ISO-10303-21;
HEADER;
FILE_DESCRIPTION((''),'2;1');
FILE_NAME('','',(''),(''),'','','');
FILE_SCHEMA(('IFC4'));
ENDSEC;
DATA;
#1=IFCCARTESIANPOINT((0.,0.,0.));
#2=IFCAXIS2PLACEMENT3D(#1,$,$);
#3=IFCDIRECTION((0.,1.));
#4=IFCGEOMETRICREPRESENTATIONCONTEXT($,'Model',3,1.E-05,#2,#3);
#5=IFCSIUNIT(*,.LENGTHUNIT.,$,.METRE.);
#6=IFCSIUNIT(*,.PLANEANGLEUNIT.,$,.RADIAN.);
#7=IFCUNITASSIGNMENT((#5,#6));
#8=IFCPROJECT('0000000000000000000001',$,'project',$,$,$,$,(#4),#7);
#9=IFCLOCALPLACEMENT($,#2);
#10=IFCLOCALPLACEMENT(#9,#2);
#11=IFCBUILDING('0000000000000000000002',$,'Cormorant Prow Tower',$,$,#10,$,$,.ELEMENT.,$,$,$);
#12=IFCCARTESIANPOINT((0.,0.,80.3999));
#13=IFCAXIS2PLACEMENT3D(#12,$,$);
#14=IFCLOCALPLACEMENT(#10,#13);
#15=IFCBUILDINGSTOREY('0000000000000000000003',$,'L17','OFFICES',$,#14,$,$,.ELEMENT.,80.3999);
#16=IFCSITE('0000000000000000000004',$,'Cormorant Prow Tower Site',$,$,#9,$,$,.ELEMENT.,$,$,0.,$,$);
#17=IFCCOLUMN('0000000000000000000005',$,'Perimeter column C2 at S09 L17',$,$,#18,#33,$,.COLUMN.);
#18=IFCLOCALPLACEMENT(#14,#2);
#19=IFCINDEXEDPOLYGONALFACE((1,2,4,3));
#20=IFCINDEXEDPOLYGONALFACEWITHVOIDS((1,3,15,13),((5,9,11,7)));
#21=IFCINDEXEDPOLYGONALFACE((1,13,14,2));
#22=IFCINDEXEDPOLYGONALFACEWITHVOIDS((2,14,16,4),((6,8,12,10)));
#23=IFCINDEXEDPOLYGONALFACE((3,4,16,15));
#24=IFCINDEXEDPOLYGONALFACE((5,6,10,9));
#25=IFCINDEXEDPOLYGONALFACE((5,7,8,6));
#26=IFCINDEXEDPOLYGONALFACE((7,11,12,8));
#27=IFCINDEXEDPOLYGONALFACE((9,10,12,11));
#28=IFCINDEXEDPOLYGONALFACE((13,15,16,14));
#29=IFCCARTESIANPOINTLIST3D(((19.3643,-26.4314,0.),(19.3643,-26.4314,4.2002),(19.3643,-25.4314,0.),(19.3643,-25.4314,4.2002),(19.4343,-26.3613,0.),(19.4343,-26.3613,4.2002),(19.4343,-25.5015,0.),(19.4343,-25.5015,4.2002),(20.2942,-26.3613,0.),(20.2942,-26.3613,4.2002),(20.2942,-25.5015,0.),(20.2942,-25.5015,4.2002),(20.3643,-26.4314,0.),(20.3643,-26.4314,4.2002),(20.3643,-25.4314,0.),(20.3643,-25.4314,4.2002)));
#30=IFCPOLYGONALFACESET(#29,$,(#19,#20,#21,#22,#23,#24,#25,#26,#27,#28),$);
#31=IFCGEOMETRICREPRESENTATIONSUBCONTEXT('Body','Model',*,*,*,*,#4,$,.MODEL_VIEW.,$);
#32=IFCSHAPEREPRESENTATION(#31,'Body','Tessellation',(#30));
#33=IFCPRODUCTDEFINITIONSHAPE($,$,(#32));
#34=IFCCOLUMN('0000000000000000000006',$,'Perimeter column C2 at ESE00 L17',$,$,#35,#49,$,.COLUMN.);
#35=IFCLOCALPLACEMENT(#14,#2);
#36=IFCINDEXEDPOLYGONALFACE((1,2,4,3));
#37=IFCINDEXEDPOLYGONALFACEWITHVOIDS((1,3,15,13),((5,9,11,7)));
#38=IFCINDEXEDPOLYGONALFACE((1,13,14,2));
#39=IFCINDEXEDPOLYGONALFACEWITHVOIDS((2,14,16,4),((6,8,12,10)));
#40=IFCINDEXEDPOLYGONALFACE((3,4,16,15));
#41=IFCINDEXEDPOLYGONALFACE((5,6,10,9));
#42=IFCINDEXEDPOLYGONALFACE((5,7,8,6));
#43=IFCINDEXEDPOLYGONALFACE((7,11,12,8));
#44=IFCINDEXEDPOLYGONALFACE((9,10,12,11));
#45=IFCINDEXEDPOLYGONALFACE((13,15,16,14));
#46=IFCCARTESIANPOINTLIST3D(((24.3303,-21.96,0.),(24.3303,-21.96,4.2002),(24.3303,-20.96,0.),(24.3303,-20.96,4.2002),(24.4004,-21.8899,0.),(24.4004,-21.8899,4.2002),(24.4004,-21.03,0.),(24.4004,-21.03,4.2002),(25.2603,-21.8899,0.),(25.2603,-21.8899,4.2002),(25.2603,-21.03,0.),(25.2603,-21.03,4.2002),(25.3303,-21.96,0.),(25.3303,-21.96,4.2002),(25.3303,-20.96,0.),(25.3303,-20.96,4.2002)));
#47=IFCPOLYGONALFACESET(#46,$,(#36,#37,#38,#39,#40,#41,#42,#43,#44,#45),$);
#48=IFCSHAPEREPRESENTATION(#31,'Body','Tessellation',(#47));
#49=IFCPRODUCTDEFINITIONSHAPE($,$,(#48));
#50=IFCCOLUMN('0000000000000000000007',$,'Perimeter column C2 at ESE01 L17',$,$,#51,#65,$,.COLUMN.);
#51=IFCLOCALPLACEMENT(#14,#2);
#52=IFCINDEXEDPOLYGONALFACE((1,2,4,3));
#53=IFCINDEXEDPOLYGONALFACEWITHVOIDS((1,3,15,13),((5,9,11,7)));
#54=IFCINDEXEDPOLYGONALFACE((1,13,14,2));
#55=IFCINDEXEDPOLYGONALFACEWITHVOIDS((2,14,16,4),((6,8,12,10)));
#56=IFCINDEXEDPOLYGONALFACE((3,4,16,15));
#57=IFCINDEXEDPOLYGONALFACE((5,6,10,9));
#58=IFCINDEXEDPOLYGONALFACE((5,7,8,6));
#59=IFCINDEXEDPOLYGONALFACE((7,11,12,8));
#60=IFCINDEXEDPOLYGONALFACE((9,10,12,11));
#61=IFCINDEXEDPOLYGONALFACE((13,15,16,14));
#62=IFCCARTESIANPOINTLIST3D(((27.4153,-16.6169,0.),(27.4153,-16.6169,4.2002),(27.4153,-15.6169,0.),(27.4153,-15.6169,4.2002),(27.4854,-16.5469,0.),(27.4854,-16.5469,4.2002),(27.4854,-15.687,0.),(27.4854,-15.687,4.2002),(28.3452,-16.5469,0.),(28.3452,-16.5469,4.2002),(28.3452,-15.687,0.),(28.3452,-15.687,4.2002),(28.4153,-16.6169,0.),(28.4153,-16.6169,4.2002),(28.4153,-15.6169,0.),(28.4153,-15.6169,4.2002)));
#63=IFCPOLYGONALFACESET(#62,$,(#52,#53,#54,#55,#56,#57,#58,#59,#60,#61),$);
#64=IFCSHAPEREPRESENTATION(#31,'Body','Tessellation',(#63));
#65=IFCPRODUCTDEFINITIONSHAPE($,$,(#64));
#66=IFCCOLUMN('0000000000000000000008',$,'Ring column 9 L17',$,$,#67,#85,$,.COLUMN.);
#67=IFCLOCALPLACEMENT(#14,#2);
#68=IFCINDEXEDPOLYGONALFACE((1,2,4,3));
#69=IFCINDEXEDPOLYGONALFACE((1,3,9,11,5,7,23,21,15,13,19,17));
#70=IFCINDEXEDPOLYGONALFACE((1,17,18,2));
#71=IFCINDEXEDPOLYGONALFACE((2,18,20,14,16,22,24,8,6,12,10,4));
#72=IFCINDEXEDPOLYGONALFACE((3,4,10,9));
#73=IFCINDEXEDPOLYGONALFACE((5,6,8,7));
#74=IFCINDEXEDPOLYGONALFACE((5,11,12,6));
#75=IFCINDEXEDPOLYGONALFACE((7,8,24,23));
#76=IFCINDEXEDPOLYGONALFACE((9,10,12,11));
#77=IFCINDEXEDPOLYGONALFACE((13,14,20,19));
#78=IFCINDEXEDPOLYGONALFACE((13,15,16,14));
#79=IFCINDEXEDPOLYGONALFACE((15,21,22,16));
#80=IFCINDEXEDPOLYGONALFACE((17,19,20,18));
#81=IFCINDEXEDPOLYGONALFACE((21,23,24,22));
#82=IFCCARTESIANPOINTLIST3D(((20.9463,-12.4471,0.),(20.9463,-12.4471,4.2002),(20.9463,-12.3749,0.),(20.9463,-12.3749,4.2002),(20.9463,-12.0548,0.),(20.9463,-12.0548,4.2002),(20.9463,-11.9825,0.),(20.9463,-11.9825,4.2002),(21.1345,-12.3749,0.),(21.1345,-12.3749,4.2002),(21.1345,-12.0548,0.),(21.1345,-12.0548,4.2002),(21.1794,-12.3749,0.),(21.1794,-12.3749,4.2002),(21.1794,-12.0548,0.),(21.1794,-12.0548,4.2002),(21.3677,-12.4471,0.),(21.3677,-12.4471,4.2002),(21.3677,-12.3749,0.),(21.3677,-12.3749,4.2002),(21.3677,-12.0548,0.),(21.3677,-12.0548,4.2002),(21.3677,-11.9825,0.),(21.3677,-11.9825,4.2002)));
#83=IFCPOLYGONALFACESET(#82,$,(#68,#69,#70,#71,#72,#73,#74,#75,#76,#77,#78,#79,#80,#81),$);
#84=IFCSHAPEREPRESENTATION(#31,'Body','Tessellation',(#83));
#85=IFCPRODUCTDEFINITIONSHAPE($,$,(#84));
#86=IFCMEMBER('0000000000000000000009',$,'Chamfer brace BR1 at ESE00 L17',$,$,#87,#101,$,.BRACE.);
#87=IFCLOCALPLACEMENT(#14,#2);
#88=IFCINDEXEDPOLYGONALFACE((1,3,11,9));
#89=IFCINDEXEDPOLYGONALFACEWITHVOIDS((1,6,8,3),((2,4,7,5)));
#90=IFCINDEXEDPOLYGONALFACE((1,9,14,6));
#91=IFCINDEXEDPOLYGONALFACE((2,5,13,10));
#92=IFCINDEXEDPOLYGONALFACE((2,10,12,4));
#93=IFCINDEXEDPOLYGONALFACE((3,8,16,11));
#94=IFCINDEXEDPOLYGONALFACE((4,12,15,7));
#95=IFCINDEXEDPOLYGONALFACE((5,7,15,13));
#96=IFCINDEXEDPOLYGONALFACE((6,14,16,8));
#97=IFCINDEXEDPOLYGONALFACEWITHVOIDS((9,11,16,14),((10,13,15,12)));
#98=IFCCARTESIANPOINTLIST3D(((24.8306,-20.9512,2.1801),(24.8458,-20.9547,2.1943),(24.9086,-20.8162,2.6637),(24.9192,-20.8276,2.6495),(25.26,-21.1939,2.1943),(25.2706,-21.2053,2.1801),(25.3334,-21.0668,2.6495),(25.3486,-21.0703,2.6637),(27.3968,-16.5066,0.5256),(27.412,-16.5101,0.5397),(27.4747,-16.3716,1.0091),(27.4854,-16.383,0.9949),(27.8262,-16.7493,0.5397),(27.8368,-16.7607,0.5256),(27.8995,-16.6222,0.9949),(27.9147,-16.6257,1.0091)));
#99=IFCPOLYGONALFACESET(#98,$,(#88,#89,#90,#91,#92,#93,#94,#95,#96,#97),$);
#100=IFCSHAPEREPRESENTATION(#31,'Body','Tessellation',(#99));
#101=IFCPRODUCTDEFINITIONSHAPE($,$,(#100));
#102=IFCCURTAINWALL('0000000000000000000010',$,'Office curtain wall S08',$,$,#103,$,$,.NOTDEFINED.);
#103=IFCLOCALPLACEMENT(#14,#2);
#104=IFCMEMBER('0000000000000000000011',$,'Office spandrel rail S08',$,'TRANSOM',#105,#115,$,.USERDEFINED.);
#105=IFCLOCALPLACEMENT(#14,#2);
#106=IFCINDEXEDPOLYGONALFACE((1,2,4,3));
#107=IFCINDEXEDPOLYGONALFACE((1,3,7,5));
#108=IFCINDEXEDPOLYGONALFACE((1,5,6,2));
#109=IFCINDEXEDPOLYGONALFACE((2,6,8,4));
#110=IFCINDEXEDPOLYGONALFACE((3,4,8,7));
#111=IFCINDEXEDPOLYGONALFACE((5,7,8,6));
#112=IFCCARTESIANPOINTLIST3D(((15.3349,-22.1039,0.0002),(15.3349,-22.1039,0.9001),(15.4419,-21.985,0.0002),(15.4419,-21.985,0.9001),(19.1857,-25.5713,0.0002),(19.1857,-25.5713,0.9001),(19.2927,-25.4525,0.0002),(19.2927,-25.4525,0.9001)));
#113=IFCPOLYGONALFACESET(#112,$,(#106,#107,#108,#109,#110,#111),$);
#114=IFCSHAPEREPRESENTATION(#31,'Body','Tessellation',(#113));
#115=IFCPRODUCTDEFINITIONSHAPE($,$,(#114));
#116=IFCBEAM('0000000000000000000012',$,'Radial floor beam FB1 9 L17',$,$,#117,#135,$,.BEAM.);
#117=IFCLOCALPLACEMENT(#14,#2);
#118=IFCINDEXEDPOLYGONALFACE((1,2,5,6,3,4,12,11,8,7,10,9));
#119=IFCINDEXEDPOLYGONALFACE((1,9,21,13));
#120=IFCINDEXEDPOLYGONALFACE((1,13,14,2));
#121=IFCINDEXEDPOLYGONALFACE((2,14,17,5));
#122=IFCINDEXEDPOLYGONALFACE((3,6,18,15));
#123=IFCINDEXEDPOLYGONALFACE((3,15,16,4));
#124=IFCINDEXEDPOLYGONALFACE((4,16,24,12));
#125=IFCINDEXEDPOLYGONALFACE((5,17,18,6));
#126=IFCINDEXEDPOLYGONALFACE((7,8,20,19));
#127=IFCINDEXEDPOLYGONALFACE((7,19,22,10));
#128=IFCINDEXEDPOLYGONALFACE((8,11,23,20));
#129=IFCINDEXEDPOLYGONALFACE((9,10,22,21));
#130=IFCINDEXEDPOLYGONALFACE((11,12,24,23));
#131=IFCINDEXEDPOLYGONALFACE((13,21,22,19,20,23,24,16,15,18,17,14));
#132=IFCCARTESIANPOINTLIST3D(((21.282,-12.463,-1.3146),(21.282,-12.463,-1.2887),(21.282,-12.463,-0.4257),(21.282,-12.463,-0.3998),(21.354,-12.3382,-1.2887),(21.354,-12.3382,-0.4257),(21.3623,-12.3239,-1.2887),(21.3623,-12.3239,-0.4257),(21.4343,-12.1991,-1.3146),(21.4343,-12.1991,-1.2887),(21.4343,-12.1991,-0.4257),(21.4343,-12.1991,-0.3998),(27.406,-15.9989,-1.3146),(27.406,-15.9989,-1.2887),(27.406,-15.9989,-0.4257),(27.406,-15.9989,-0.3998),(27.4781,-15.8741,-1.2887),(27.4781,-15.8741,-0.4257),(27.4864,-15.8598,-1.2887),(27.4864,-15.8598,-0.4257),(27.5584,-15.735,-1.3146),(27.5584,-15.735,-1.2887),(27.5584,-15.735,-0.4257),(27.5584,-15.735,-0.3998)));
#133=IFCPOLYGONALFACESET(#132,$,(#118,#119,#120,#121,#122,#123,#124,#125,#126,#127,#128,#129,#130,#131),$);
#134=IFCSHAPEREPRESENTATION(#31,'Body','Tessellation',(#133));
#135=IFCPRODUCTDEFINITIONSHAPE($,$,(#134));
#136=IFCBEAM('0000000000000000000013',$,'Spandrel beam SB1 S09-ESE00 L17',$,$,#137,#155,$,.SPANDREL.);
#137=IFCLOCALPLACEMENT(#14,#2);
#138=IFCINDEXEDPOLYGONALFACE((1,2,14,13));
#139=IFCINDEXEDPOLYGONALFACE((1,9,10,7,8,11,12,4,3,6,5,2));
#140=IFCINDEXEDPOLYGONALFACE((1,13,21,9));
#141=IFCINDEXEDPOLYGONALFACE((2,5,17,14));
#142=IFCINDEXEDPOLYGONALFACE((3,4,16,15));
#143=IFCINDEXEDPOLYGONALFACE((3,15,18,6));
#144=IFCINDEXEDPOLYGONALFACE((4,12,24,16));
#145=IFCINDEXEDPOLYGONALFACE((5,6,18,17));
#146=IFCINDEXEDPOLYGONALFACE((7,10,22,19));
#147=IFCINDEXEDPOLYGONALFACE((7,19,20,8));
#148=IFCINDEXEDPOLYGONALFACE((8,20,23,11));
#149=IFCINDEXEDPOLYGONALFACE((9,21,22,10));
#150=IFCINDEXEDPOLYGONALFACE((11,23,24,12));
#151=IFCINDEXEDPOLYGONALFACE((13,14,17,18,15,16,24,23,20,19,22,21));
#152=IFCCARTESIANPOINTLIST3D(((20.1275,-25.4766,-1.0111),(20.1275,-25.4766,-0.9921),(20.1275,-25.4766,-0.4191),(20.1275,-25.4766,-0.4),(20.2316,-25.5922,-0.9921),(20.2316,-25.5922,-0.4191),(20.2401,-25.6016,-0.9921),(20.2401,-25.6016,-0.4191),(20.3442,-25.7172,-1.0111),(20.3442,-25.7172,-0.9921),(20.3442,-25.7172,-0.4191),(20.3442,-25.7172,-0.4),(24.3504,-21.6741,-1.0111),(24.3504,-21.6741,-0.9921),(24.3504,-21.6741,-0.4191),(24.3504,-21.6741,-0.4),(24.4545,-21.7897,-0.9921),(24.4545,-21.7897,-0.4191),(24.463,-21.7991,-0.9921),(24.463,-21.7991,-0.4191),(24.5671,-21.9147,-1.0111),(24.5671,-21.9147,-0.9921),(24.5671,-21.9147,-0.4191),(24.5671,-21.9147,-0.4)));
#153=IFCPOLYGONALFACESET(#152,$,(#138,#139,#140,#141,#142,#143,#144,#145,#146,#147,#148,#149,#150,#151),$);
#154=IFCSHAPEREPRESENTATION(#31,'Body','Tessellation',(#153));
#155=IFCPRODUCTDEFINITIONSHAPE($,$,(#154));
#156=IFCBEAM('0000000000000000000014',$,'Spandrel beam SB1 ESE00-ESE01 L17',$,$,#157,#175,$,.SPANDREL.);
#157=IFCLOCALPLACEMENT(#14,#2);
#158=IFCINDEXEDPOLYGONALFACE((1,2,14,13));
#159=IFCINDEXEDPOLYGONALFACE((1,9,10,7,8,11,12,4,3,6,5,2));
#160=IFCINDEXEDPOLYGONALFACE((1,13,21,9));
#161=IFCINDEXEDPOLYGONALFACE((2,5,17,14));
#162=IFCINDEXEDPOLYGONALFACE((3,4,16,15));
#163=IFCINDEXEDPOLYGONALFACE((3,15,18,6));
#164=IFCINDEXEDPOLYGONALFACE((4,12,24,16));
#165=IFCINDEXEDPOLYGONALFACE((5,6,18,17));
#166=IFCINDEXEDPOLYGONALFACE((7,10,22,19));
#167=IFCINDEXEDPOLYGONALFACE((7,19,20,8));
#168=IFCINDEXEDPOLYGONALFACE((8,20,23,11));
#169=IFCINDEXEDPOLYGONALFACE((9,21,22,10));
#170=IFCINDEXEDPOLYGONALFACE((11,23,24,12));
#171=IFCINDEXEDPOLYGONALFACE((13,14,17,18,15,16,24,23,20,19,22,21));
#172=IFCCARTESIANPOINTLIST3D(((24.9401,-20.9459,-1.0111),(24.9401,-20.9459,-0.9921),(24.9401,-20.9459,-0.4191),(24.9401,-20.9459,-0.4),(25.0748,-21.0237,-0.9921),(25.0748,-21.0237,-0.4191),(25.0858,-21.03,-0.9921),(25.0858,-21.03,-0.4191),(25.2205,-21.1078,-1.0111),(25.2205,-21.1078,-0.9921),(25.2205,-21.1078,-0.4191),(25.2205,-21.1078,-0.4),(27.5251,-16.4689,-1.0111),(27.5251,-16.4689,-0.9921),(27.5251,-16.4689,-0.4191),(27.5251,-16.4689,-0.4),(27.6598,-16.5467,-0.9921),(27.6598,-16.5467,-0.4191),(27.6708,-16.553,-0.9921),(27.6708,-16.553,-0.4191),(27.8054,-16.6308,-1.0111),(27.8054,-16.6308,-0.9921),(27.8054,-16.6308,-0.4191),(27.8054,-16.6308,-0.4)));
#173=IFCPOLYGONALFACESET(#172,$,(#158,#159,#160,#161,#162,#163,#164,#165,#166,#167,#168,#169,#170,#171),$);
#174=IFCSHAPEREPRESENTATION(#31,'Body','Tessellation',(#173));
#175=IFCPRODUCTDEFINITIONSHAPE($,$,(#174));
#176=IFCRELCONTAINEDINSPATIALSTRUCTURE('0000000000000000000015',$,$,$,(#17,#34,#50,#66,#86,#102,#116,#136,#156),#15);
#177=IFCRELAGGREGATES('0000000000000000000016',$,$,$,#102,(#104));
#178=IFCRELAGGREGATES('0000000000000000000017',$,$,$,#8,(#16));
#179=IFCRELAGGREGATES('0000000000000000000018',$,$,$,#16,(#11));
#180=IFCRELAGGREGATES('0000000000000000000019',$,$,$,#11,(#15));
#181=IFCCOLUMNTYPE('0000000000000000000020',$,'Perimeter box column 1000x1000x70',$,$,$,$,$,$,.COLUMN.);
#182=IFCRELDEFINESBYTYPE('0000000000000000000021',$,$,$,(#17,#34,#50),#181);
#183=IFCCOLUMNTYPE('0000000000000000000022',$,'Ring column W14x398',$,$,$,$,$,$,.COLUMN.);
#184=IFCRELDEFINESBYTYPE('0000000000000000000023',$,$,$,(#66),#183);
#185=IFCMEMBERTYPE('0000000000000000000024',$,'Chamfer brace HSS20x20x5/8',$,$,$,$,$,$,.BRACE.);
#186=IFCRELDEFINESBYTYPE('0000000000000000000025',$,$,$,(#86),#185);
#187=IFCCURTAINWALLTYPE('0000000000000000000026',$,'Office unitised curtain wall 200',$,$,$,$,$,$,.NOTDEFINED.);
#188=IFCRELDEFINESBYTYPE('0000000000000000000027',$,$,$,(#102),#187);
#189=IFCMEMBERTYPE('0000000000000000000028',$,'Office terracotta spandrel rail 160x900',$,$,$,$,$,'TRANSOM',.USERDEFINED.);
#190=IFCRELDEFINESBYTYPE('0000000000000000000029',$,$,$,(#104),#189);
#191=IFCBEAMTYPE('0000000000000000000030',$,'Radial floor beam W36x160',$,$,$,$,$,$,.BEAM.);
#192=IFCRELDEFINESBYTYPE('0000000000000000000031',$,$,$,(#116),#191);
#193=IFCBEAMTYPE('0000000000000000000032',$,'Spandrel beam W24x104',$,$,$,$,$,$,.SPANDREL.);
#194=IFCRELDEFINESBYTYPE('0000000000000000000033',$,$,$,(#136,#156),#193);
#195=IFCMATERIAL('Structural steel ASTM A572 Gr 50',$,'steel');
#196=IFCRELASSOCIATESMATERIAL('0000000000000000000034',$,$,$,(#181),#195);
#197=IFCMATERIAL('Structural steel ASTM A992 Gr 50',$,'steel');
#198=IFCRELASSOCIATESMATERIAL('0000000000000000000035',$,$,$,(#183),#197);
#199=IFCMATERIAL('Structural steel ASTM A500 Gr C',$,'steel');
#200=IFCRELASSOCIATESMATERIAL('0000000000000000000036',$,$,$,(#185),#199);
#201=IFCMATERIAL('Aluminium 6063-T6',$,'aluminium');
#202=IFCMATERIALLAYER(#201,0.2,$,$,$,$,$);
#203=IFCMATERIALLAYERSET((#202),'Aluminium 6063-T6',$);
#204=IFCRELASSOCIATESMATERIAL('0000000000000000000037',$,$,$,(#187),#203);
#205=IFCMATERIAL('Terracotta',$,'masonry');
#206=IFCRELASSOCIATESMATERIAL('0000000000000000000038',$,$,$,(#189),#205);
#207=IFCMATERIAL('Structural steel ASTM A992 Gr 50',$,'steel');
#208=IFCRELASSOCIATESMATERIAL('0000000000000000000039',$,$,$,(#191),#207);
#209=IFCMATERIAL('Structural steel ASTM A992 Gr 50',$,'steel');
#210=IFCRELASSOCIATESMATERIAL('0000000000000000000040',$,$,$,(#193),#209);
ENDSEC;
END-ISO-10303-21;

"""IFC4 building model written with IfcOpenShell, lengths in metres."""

from ifc_helpers import new_model, si_unit, direction, frame, origin, origin_2d, place, context, subcontext, project, spatial, rectangle, hollow_rectangle, i_section, extrude, material, layer, layer_set, material_profile, profile_set, type_object, element, aggregate, save


model = new_model("IFC4")

# Units and contexts
model_context = context("Model", 3, precision=1e-05, world=origin(), true_north=direction((0.0, 1.0)))
body_context = subcontext(model_context, "Body", "Model", "MODEL_VIEW")
ifc_project = project(units=[si_unit("LENGTHUNIT", "METRE"), si_unit("PLANEANGLEUNIT", "RADIAN")], contexts=[model_context])

# Site, building, storey
site_placement = place(None, origin())
site = spatial("IfcSite", under=ifc_project, at=site_placement, Name="Cormorant Prow Tower Site", CompositionType="ELEMENT", RefElevation=0.0)
building_placement = place(site_placement, origin())
building = spatial("IfcBuilding", under=site, at=building_placement, Name="Cormorant Prow Tower", CompositionType="ELEMENT")
storey_placement = place(building_placement, frame((0.0, 0.0, 80.3999)))
storey = spatial("IfcBuildingStorey", under=building, at=storey_placement, Name="L17", Description="OFFICES", CompositionType="ELEMENT", Elevation=80.3999)

# Columns
ifc_material_1 = material(Name="Structural steel ASTM A572 Gr 50", Category="steel")
ifc_material_profile_1 = material_profile(ifc_material_1, hollow_rectangle(XDim=1.0, YDim=1.0, WallThickness=0.0701, at=origin_2d()), Name="Box 1000x1000x70")
ifc_profile_set_1 = profile_set([ifc_material_profile_1], Name="Structural steel ASTM A572 Gr 50")
column_type_1 = type_object("IfcColumnType", Name="Perimeter box column 1000x1000x70", PredefinedType="COLUMN", material=ifc_profile_set_1)
for number, where, z_axis, x_axis, name in (
    (1, (19.8643, -25.9314, 0.0), (0.0, 0.0, 1.0), (1.0, 0.0, 0.0), "Perimeter column C2 at S09 L17"),
    (2, (24.8303, -21.46, 0.0), (0.0, 0.0, 1.0), (1.0, 0.0, 0.0), "Perimeter column C2 at ESE00 L17"),
    (3, (27.9153, -16.1169, 0.0), (0.0, 0.0, 1.0), (1.0, 0.0, 0.0), "Perimeter column C2 at ESE01 L17"),
):
    element("IfcColumn", number, at=place(storey_placement, frame(where, z_axis=z_axis, x_axis=x_axis)), inside=storey, type_object=column_type_1, Name=name, PredefinedType="COLUMN", context=body_context, shape_type="SweptSolid", body=[
        extrude(hollow_rectangle(XDim=1.0, YDim=1.0, WallThickness=0.0701, at=origin_2d()), origin(), (0.0, 0.0, 1.0), 4.2002),
    ])
ifc_material_2 = material(Name="Structural steel ASTM A992 Gr 50", Category="steel")
ifc_material_profile_2 = material_profile(ifc_material_2, i_section(OverallWidth=0.4214, OverallDepth=0.4646, WebThickness=0.0449, FlangeThickness=0.0723, at=origin_2d()), Name="W14x398")
ifc_profile_set_2 = profile_set([ifc_material_profile_2], Name="Structural steel ASTM A992 Gr 50")
column_type_2 = type_object("IfcColumnType", Name="Ring column W14x398", PredefinedType="COLUMN", material=ifc_profile_set_2)
column_placement = place(storey_placement, frame((21.157, -12.2148, 0.0), z_axis=(0.0, 0.0, 1.0), x_axis=(1.0, 0.0, 0.0)))
element("IfcColumn", 4, at=column_placement, inside=storey, type_object=column_type_2, Name="Ring column 9 L17", PredefinedType="COLUMN", context=body_context, shape_type="SweptSolid", body=[
    extrude(i_section(OverallWidth=0.4214, OverallDepth=0.4646, WebThickness=0.0449, FlangeThickness=0.0723, at=origin_2d()), origin(), (0.0, 0.0, 1.0), 4.2002),
])

# Member
ifc_material_3 = material(Name="Structural steel ASTM A500 Gr C", Category="steel")
ifc_material_profile_3 = material_profile(ifc_material_3, hollow_rectangle(XDim=0.5081, YDim=0.5081, WallThickness=0.0149, at=origin_2d()), Name="HSS20x20x5/8")
ifc_profile_set_3 = profile_set([ifc_material_profile_3], Name="Structural steel ASTM A500 Gr C")
member_type_1 = type_object("IfcMemberType", Name="Chamfer brace HSS20x20x5/8", PredefinedType="BRACE", material=ifc_profile_set_3)
member_1_placement = place(storey_placement, frame((27.6558, -16.5662, 0.7673), z_axis=(-0.475893, -0.824244, 0.306834), x_axis=(0.866018, -0.500012, 0.0)))
element("IfcMember", 5, at=member_1_placement, inside=storey, type_object=member_type_1, Name="Chamfer brace BR1 at ESE00 L17", PredefinedType="BRACE", context=body_context, shape_type="SweptSolid", body=[
    extrude(hollow_rectangle(XDim=0.5081, YDim=0.5081, WallThickness=0.0149, at=origin_2d()), origin(), (0.0, 0.0, 1.0), 5.3923),
])

# Curtain wall, member
ifc_material_4 = material(Name="Aluminium 6063-T6", Category="aluminium")
ifc_layer_1 = layer(ifc_material_4, 0.2)
ifc_layer_set_1 = layer_set([ifc_layer_1], Name="Aluminium 6063-T6")
curtain_wall_type = type_object("IfcCurtainWallType", Name="Office unitised curtain wall 200", PredefinedType="NOTDEFINED", material=ifc_layer_set_1)
curtain_wall_placement = place(storey_placement, origin())
curtain_wall = element("IfcCurtainWall", 6, at=curtain_wall_placement, inside=storey, type_object=curtain_wall_type, Name="Office curtain wall S08", PredefinedType="NOTDEFINED")
ifc_material_5 = material(Name="Terracotta", Category="masonry")
ifc_material_profile_4 = material_profile(ifc_material_5, rectangle(XDim=0.1599, YDim=0.8999, at=origin_2d()), Name="Office terracotta spandrel rail 160x900")
ifc_profile_set_4 = profile_set([ifc_material_profile_4], Name="Terracotta")
member_type_2 = type_object("IfcMemberType", Name="Office terracotta spandrel rail 160x900", ElementType="TRANSOM", PredefinedType="USERDEFINED", material=ifc_profile_set_4)
member_2_placement = place(storey_placement, frame((15.3884, -22.0444, 0.4502), z_axis=(0.743123, -0.669155, 0.0), x_axis=(0.669155, 0.743123, 0.0)))
member_2 = element("IfcMember", 7, at=member_2_placement, type_object=member_type_2, Name="Office spandrel rail S08", ObjectType="TRANSOM", PredefinedType="USERDEFINED", context=body_context, shape_type="SweptSolid", body=[
    extrude(rectangle(XDim=0.1599, YDim=0.8999, at=origin_2d()), origin(), (0.0, 0.0, 1.0), 5.1819),
])

# Beams
ifc_material_6 = material(Name="Structural steel ASTM A992 Gr 50", Category="steel")
ifc_material_profile_5 = material_profile(ifc_material_6, i_section(OverallWidth=0.3047, OverallDepth=0.9148, WebThickness=0.0166, FlangeThickness=0.0259, at=origin_2d()), Name="W36x160")
ifc_profile_set_5 = profile_set([ifc_material_profile_5], Name="Structural steel ASTM A992 Gr 50")
beam_type_1 = type_object("IfcBeamType", Name="Radial floor beam W36x160", PredefinedType="BEAM", material=ifc_profile_set_5)
beam_1_placement = place(storey_placement, frame((21.3582, -12.3311, -0.8572), z_axis=(0.866014, -0.500019, 0.0), x_axis=(0.500019, 0.866014, 0.0)))
element("IfcBeam", 8, at=beam_1_placement, inside=storey, type_object=beam_type_1, Name="Radial floor beam FB1 9 L17", PredefinedType="BEAM", context=body_context, shape_type="SweptSolid", body=[
    extrude(i_section(OverallWidth=0.3047, OverallDepth=0.9148, WebThickness=0.0166, FlangeThickness=0.0259, at=origin_2d()), origin(), (0.0, 0.0, 1.0), 7.0715),
])
ifc_material_7 = material(Name="Structural steel ASTM A992 Gr 50", Category="steel")
ifc_material_profile_6 = material_profile(ifc_material_7, i_section(OverallWidth=0.3237, OverallDepth=0.6111, WebThickness=0.0127, FlangeThickness=0.019, at=origin_2d()), Name="W24x104")
ifc_profile_set_6 = profile_set([ifc_material_profile_6], Name="Structural steel ASTM A992 Gr 50")
beam_type_2 = type_object("IfcBeamType", Name="Spandrel beam W24x104", PredefinedType="SPANDREL", material=ifc_profile_set_6)
beam_2_placement = place(storey_placement, frame((20.2358, -25.5969, -0.7056), z_axis=(0.74313, 0.669147, 0.0), x_axis=(-0.669147, 0.74313, 0.0)))
element("IfcBeam", 9, at=beam_2_placement, inside=storey, type_object=beam_type_2, Name="Spandrel beam SB1 S09-ESE00 L17", PredefinedType="SPANDREL", context=body_context, shape_type="SweptSolid", body=[
    extrude(i_section(OverallWidth=0.3237, OverallDepth=0.6111, WebThickness=0.0127, FlangeThickness=0.019, at=origin_2d()), origin(), (0.0, 0.0, 1.0), 5.6826),
])
for number, where, z_axis, x_axis, name in (
    (10, (25.0803, -21.0269, -0.7056), (0.50002, 0.866014, 0.0), (-0.866014, 0.50002, 0.0), "Spandrel beam SB1 ESE00-ESE01 L17"),
):
    element("IfcBeam", number, at=place(storey_placement, frame(where, z_axis=z_axis, x_axis=x_axis)), inside=storey, type_object=beam_type_2, Name=name, PredefinedType="SPANDREL", context=body_context, shape_type="SweptSolid", body=[
        extrude(i_section(OverallWidth=0.3237, OverallDepth=0.6111, WebThickness=0.0127, FlangeThickness=0.019, at=origin_2d()), origin(), (0.0, 0.0, 1.0), 5.1697),
    ])

aggregate(curtain_wall, [member_2])

save(model, "model.ifc")
